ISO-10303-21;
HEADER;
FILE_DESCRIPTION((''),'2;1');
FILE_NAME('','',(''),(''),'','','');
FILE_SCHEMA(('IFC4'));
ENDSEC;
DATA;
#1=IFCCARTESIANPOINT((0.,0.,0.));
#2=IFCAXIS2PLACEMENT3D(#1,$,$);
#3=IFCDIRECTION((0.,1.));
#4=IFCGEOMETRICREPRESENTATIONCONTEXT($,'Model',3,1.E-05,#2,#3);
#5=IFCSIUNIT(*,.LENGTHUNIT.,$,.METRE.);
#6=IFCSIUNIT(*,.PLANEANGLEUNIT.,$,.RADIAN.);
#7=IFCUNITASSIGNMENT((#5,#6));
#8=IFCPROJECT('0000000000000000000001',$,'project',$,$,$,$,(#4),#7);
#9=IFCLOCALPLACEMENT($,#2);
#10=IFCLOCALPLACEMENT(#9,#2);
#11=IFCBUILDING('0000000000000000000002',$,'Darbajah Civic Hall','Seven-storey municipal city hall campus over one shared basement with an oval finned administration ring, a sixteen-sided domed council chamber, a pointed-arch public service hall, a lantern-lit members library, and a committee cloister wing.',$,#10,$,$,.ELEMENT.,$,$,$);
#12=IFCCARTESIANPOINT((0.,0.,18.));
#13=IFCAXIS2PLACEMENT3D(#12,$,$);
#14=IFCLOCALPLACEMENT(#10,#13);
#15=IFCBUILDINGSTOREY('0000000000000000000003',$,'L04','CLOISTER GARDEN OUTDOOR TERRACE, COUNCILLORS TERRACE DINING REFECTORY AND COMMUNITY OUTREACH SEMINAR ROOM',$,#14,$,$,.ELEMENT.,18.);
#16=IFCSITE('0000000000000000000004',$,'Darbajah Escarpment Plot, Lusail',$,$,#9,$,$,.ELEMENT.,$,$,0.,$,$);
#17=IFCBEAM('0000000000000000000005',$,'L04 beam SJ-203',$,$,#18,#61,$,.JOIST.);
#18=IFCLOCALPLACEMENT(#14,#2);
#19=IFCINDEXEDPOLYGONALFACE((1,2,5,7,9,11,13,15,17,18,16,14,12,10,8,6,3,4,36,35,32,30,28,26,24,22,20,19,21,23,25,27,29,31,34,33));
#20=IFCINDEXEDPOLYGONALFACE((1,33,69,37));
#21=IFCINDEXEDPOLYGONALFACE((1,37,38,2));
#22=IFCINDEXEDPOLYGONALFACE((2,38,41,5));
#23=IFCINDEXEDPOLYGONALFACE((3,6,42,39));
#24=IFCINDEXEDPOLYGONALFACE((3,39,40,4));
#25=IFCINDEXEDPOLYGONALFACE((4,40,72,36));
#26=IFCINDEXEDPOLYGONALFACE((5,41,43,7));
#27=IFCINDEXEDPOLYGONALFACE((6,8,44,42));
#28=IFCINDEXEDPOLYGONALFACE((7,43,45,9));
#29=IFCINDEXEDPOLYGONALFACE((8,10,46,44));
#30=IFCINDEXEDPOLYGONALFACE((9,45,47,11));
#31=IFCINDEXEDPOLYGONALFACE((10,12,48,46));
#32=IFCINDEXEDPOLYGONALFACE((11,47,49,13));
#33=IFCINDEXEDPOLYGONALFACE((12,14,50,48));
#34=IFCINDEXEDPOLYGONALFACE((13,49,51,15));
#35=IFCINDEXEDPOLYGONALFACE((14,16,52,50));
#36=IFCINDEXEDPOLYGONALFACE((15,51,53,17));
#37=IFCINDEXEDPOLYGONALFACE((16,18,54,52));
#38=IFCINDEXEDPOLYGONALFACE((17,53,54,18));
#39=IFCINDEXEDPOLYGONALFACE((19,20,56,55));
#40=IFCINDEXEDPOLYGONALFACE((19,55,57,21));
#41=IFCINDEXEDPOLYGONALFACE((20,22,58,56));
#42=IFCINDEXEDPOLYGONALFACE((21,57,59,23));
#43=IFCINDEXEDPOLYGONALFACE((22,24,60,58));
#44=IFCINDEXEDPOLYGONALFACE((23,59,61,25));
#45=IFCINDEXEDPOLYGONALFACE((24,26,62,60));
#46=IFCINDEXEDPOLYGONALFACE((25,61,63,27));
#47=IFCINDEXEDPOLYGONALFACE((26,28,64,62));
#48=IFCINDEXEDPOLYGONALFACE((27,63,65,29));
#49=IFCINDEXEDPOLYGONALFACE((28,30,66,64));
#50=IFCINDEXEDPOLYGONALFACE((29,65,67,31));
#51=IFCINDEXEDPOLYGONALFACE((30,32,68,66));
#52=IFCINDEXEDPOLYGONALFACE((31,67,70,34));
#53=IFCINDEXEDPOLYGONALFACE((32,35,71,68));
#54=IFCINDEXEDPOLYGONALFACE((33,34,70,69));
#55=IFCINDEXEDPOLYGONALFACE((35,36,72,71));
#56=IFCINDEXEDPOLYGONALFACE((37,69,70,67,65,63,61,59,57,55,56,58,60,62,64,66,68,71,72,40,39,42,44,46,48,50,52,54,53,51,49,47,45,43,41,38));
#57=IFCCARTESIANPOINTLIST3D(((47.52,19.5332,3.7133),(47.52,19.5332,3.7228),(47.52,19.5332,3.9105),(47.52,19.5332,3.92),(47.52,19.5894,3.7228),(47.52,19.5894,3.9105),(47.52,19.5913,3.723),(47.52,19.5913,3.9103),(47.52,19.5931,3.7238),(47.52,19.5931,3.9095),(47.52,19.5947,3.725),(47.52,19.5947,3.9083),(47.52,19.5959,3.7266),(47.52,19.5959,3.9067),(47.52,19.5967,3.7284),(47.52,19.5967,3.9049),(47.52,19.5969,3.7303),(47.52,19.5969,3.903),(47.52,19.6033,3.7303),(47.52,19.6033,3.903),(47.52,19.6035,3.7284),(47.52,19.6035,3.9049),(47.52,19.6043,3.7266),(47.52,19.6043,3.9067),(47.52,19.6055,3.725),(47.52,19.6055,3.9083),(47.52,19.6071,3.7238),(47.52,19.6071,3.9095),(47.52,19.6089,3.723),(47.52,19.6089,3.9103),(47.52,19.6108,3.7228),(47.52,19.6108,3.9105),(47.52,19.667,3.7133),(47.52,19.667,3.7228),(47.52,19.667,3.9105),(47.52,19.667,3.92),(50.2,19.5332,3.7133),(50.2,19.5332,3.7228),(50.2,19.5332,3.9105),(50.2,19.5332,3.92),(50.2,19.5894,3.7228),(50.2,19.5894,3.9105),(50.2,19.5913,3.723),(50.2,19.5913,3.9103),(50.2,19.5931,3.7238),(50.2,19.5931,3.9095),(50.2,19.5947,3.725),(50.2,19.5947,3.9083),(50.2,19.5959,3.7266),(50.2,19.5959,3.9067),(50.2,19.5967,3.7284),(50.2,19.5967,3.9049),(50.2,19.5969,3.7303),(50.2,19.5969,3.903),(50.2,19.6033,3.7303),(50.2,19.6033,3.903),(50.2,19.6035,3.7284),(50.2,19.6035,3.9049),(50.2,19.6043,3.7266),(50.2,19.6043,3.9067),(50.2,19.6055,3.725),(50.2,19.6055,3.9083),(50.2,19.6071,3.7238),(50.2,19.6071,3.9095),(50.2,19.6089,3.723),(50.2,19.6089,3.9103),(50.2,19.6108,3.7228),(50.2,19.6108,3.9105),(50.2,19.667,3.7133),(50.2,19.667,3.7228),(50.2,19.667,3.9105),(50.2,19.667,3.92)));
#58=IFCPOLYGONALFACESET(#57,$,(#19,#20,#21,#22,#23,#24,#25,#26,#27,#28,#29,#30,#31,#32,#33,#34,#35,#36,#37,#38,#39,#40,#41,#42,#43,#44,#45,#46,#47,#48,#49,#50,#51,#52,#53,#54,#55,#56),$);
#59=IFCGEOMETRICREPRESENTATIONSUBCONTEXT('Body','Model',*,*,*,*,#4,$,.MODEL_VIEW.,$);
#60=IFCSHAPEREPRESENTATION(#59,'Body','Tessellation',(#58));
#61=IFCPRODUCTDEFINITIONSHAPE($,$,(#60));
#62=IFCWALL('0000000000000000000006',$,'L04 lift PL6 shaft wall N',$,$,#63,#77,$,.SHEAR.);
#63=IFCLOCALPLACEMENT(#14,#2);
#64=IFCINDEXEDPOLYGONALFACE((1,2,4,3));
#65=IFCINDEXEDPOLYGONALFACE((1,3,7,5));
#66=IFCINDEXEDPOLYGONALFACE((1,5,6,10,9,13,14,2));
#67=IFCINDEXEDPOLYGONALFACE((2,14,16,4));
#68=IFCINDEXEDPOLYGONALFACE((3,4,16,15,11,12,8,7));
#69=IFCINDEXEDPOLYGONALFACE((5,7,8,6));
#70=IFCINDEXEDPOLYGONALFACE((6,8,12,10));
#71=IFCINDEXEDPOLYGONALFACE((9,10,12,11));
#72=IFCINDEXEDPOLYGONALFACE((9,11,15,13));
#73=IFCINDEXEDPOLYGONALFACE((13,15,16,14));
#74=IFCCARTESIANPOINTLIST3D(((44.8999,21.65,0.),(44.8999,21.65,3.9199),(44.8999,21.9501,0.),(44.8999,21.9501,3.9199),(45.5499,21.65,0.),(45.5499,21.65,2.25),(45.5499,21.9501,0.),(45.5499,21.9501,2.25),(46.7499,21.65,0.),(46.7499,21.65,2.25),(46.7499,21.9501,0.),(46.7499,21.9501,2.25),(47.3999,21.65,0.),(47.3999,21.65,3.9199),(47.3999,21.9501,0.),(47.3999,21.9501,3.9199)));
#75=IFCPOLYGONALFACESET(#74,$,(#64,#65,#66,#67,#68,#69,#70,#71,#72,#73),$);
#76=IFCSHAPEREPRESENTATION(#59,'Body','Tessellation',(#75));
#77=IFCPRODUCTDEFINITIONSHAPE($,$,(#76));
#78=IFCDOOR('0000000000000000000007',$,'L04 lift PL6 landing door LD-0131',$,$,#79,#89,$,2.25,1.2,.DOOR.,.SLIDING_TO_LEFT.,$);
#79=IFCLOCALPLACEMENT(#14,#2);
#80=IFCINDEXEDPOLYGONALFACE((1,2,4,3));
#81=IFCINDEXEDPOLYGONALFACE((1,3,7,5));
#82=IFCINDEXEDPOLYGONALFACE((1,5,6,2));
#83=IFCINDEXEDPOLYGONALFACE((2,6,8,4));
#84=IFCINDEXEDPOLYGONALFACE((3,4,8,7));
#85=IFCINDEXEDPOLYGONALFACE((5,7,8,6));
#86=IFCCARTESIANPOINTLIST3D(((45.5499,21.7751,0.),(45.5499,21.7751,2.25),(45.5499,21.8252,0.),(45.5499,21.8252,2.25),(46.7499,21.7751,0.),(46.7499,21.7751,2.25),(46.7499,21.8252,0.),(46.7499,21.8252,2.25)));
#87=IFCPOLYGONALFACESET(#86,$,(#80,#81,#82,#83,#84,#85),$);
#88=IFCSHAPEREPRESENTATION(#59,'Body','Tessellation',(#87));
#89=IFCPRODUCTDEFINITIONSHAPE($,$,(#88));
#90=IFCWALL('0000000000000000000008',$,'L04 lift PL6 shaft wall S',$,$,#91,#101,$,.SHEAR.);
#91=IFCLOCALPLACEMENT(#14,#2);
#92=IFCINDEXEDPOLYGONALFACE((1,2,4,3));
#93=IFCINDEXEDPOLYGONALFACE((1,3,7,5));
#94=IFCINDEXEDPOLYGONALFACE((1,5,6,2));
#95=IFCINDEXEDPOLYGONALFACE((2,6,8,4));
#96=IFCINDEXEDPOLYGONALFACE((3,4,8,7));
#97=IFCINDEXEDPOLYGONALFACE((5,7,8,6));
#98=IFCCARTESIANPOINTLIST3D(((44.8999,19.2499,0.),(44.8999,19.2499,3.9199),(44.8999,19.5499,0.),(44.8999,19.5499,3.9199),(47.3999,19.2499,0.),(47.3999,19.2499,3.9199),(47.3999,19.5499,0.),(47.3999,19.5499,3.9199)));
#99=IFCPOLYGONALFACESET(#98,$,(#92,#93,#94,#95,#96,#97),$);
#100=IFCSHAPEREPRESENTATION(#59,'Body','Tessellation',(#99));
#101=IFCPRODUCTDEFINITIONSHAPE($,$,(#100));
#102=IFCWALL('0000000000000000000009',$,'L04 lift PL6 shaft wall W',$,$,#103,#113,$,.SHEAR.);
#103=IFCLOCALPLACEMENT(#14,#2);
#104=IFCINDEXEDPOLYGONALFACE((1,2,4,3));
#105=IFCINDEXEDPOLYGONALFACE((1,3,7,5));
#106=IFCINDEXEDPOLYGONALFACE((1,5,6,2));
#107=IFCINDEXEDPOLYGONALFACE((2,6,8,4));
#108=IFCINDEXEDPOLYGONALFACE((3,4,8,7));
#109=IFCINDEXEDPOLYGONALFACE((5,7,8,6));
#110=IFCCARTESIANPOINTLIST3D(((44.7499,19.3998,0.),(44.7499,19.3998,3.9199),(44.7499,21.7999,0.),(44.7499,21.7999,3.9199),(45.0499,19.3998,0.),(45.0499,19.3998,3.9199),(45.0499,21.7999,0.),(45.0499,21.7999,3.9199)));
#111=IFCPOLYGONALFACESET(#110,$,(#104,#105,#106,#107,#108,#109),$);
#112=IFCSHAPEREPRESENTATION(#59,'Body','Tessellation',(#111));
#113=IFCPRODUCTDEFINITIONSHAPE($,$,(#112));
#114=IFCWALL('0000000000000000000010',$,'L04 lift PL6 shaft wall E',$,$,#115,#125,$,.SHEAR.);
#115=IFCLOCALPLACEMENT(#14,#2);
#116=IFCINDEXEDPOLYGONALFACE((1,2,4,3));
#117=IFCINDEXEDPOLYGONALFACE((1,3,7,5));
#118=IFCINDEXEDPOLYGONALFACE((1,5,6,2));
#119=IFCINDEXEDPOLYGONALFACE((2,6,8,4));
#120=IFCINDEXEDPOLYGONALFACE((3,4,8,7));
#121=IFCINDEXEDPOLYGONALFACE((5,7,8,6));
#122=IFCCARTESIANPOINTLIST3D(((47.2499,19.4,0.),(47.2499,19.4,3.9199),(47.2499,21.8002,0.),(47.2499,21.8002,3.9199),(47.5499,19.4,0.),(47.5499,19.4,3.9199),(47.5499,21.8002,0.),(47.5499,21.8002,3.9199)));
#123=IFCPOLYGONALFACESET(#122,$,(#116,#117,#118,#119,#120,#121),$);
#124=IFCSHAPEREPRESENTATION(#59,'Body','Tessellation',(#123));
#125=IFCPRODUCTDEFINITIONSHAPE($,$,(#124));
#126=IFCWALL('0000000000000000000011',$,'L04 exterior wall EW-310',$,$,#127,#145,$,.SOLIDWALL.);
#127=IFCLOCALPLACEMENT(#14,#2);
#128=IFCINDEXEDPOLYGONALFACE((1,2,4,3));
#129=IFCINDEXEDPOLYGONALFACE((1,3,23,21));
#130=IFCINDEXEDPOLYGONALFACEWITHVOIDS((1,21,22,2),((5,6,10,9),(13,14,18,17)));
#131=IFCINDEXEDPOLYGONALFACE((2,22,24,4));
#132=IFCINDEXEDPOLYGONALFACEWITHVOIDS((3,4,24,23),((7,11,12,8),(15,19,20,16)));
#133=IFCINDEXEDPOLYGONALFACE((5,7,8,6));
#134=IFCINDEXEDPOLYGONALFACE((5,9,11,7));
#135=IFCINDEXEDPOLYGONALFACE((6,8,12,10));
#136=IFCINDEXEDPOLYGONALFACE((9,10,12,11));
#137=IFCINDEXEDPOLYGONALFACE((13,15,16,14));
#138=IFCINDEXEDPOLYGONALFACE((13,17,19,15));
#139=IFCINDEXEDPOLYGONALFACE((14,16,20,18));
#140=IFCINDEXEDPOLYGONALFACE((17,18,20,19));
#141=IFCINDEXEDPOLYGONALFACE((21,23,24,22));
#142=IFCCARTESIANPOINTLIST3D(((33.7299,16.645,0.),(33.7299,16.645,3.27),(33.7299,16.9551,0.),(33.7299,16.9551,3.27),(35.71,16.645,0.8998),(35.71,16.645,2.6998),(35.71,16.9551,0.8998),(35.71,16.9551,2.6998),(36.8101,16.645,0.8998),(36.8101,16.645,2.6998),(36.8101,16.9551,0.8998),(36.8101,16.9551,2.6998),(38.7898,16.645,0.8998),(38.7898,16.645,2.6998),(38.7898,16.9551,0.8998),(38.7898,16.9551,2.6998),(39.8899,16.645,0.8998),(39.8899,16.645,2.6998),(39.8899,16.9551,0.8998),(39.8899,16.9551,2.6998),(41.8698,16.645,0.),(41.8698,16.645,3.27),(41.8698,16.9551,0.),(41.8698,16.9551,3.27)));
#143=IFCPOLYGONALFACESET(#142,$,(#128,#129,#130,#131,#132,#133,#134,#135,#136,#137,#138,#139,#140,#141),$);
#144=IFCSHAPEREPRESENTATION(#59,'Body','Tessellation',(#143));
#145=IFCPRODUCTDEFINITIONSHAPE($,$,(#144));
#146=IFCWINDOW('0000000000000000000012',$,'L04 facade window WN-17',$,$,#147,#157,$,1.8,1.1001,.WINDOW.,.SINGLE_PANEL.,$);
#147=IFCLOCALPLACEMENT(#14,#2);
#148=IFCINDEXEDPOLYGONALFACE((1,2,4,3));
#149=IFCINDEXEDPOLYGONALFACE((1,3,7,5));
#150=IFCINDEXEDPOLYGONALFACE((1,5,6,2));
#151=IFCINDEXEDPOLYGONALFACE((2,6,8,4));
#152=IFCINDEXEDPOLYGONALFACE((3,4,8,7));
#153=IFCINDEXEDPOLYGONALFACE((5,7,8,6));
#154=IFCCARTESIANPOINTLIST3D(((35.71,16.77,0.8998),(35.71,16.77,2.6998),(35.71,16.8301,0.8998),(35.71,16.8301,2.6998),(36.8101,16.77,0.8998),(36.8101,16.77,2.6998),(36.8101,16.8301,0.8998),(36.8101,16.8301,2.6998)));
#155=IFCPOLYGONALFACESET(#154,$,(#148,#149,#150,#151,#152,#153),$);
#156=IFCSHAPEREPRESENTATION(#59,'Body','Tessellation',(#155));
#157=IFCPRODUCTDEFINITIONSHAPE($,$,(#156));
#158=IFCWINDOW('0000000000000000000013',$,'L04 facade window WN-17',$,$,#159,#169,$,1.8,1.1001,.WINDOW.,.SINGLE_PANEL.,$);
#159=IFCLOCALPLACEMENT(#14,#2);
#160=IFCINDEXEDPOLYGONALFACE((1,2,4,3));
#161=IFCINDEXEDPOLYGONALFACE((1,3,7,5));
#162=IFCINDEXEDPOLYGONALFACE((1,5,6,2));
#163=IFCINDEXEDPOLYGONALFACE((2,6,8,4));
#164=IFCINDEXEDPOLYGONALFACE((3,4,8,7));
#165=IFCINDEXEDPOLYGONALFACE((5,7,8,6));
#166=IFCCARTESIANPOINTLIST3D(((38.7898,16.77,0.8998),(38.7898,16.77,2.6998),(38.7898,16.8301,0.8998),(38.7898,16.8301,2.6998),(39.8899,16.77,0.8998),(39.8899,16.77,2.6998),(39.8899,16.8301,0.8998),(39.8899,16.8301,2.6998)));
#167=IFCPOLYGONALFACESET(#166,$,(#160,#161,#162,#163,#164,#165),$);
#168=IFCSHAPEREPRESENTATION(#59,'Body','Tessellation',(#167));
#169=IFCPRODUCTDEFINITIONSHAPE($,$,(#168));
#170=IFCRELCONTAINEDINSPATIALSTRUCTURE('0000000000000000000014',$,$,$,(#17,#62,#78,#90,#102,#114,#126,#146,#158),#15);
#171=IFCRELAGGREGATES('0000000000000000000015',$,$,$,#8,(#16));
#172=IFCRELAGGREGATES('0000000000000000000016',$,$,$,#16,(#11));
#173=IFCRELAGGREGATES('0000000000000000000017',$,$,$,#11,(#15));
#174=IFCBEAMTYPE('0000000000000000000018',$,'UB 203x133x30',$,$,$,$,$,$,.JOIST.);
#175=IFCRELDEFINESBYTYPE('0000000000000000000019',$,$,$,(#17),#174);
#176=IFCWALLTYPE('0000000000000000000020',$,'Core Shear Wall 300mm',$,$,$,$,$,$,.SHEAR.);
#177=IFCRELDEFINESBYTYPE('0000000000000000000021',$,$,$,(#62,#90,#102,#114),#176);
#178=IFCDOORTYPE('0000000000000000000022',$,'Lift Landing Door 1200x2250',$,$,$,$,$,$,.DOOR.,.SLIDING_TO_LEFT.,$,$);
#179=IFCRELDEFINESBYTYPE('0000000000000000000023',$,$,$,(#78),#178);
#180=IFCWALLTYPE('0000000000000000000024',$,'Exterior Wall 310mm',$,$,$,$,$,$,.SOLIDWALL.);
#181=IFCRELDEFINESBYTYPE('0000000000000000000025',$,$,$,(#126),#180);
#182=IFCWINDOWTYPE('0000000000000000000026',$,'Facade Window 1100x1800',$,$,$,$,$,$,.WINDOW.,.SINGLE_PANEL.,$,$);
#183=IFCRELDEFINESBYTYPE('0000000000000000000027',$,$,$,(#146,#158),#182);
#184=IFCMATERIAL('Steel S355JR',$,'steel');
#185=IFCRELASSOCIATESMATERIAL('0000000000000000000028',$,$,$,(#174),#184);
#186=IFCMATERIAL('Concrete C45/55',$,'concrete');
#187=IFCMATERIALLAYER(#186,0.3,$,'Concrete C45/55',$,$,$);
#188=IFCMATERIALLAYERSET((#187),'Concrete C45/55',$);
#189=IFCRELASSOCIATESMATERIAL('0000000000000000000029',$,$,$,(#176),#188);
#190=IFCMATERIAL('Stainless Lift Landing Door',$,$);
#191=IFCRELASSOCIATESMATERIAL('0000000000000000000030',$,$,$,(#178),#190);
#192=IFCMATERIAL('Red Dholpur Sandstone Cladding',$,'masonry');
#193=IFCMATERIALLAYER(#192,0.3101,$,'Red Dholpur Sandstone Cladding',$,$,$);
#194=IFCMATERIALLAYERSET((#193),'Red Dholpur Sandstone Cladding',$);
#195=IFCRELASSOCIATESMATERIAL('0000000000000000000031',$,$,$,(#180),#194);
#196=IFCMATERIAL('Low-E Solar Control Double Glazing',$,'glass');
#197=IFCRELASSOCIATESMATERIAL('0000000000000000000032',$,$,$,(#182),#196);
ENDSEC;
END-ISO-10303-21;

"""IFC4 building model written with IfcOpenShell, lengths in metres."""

from ifc_helpers import new_model, si_unit, direction, frame, frame_2d, origin, origin_2d, place, context, subcontext, project, spatial, rectangle, i_section, extrude, material, layer, layer_set, material_profile, profile_set, type_object, element, fill, save


model = new_model("IFC4")

# Units and contexts
model_context = context("Model", 3, precision=1e-05, world=origin(), true_north=direction((0.0, 1.0)))
body_context = subcontext(model_context, "Body", "Model", "MODEL_VIEW")
ifc_project = project(units=[si_unit("LENGTHUNIT", "METRE"), si_unit("PLANEANGLEUNIT", "RADIAN")], contexts=[model_context])

# Site, building, storey
site_placement = place(None, origin())
site = spatial("IfcSite", under=ifc_project, at=site_placement, Name="Darbajah Escarpment Plot, Lusail", CompositionType="ELEMENT", RefElevation=0.0)
building_placement = place(site_placement, origin())
building = spatial("IfcBuilding", under=site, at=building_placement, Name="Darbajah Civic Hall", Description="Seven-storey municipal city hall campus over one shared basement with an oval finned administration ring, a sixteen-sided domed council chamber, a pointed-arch public service hall, a lantern-lit members library, and a committee cloister wing.", CompositionType="ELEMENT")
storey_placement = place(building_placement, frame((0.0, 0.0, 18.0)))
storey = spatial("IfcBuildingStorey", under=building, at=storey_placement, Name="L04", Description="CLOISTER GARDEN OUTDOOR TERRACE, COUNCILLORS TERRACE DINING REFECTORY AND COMMUNITY OUTREACH SEMINAR ROOM", CompositionType="ELEMENT", Elevation=18.0)

# Shared definitions
ifc_material_1 = material(Name="Steel S355JR", Category="steel")

# Beam
ifc_material_2 = material(Name="Concrete C45/55", Category="concrete")
ifc_material_profile_1 = material_profile(ifc_material_1, i_section(OverallWidth=0.1338, OverallDepth=0.2068, WebThickness=0.0063, FlangeThickness=0.0095, FilletRadius=0.0076, at=origin_2d()), Name="UB 203x133x30")
ifc_profile_set_1 = profile_set([ifc_material_profile_1], Name="Steel S355JR")
beam_type_1 = type_object("IfcBeamType", Name="UB 203x133x30", PredefinedType="JOIST", material=ifc_profile_set_1)
beam_1_placement = place(storey_placement, frame((47.52, 19.6001, 3.8167), z_axis=(1.0, 0.0, 0.0), x_axis=(0.0, 1.0, 0.0)))
element("IfcBeam", 1, at=beam_1_placement, inside=storey, type_object=beam_type_1, Name="L04 beam SJ-203", PredefinedType="JOIST", context=body_context, shape_type="SweptSolid", body=[
    extrude(i_section(OverallWidth=0.1338, OverallDepth=0.2068, WebThickness=0.0063, FlangeThickness=0.0095, FilletRadius=0.0076, at=origin_2d()), origin(), (0.0, 0.0, 1.0), 2.6799),
])

# Wall, opening, door
ifc_layer_1 = layer(ifc_material_2, 0.3, Name="Concrete C45/55")
ifc_layer_set_1 = layer_set([ifc_layer_1], Name="Concrete C45/55")
wall_type_1 = type_object("IfcWallType", Name="Core Shear Wall 300mm", PredefinedType="SHEAR", material=ifc_layer_set_1)
wall_1_placement = place(storey_placement, frame((47.3999, 21.8, 0.0), z_axis=(0.0, 0.0, 1.0), x_axis=(-1.0, 0.0, 0.0)))
wall_1 = element("IfcWall", 2, at=wall_1_placement, inside=storey, type_object=wall_type_1, Name="L04 lift PL6 shaft wall N", PredefinedType="SHEAR", context=body_context, shape_type="SweptSolid", body=[
    extrude(rectangle(XDim=2.5, YDim=0.3, at=frame_2d((1.25, 0.0))), origin(), (0.0, 0.0, 1.0), 3.9199),
])
opening_1_placement = place(wall_1_placement, frame((0.6499, 0.0, 0.0)))
opening_1 = element("IfcOpeningElement", 3, at=opening_1_placement, cuts=wall_1, PredefinedType="OPENING", context=body_context, shape_type="SweptSolid", body=[
    extrude(rectangle(XDim=1.2, YDim=2.25, at=frame_2d((0.6001, 1.125))), frame((0.0, 0.1599, 0.0), z_axis=(0.0, -1.0, 0.0), x_axis=(1.0, 0.0, 0.0)), (0.0, 0.0, 1.0), 0.3201),
])
ifc_material_3 = material(Name="Stainless Lift Landing Door")
door_type = type_object("IfcDoorType", Name="Lift Landing Door 1200x2250", OperationType="SLIDING_TO_LEFT", PredefinedType="DOOR", material=ifc_material_3)
door_placement = place(opening_1_placement, origin())
door = element("IfcDoor", 4, at=door_placement, inside=storey, type_object=door_type, Name="L04 lift PL6 landing door LD-0131", OperationType="SLIDING_TO_LEFT", OverallHeight=2.25, OverallWidth=1.2, PredefinedType="DOOR", context=body_context, shape_type="SweptSolid", body=[
    extrude(rectangle(XDim=1.2, YDim=2.25, at=frame_2d((0.6001, 1.125))), frame((0.0, 0.0249, 0.0), z_axis=(0.0, -1.0, 0.0), x_axis=(1.0, 0.0, 0.0)), (0.0, 0.0, 1.0), 0.05),
])
fill(opening_1, door)

# Walls
wall_2_placement = place(storey_placement, frame((44.8999, 19.3999, 0.0), z_axis=(0.0, 0.0, 1.0), x_axis=(1.0, 0.0, 0.0)))
element("IfcWall", 5, at=wall_2_placement, inside=storey, type_object=wall_type_1, Name="L04 lift PL6 shaft wall S", PredefinedType="SHEAR", context=body_context, shape_type="SweptSolid", body=[
    extrude(rectangle(XDim=2.5, YDim=0.3, at=frame_2d((1.25, 0.0))), origin(), (0.0, 0.0, 1.0), 3.9199),
])
for number, where, z_axis, x_axis, name in (
    (6, (44.8999, 21.8, 0.0), (0.0, 0.0, 1.0), (0.0, -1.0, 0.0), "L04 lift PL6 shaft wall W"),
    (7, (47.3999, 19.3999, 0.0), (0.0, 0.0, 1.0), (0.0, 1.0, 0.0), "L04 lift PL6 shaft wall E"),
):
    element("IfcWall", number, at=place(storey_placement, frame(where, z_axis=z_axis, x_axis=x_axis)), inside=storey, type_object=wall_type_1, Name=name, PredefinedType="SHEAR", context=body_context, shape_type="SweptSolid", body=[
        extrude(rectangle(XDim=2.4001, YDim=0.3, at=frame_2d((1.2002, 0.0))), origin(), (0.0, 0.0, 1.0), 3.9199),
    ])

# Wall, openings, windows
ifc_material_4 = material(Name="Red Dholpur Sandstone Cladding", Category="masonry")
ifc_layer_2 = layer(ifc_material_4, 0.3101, Name="Red Dholpur Sandstone Cladding")
ifc_layer_set_2 = layer_set([ifc_layer_2], Name="Red Dholpur Sandstone Cladding")
wall_type_2 = type_object("IfcWallType", Name="Exterior Wall 310mm", PredefinedType="SOLIDWALL", material=ifc_layer_set_2)
wall_3_placement = place(storey_placement, frame((33.73, 16.8, 0.0), z_axis=(0.0, 0.0, 1.0), x_axis=(1.0, 0.0, 0.0)))
wall_3 = element("IfcWall", 8, at=wall_3_placement, inside=storey, type_object=wall_type_2, Name="L04 exterior wall EW-310", PredefinedType="SOLIDWALL", context=body_context, shape_type="SweptSolid", body=[
    extrude(rectangle(XDim=8.1399, YDim=0.3101, at=frame_2d((4.0698, 0.0))), origin(), (0.0, 0.0, 1.0), 3.27),
])
opening_2_placement = place(wall_3_placement, frame((1.98, 0.0, 0.8999)))
opening_2 = element("IfcOpeningElement", 9, at=opening_2_placement, cuts=wall_3, PredefinedType="OPENING", context=body_context, shape_type="SweptSolid", body=[
    extrude(rectangle(XDim=1.1001, YDim=1.8, at=frame_2d((0.55, 0.8999))), frame((0.0, 0.165, 0.0), z_axis=(0.0, -1.0, 0.0), x_axis=(1.0, 0.0, 0.0)), (0.0, 0.0, 1.0), 0.3301),
])
opening_3_placement = place(wall_3_placement, frame((5.0598, 0.0, 0.8999)))
opening_3 = element("IfcOpeningElement", 10, at=opening_3_placement, cuts=wall_3, PredefinedType="OPENING", context=body_context, shape_type="SweptSolid", body=[
    extrude(rectangle(XDim=1.1001, YDim=1.8, at=frame_2d((0.55, 0.8999))), frame((0.0, 0.165, 0.0), z_axis=(0.0, -1.0, 0.0), x_axis=(1.0, 0.0, 0.0)), (0.0, 0.0, 1.0), 0.3301),
])
ifc_material_5 = material(Name="Low-E Solar Control Double Glazing", Category="glass")
window_type_1 = type_object("IfcWindowType", Name="Facade Window 1100x1800", PartitioningType="SINGLE_PANEL", PredefinedType="WINDOW", material=ifc_material_5)
window_1_placement = place(opening_2_placement, origin())
window_1 = element("IfcWindow", 11, at=window_1_placement, inside=storey, type_object=window_type_1, Name="L04 facade window WN-17", OverallHeight=1.8, OverallWidth=1.1001, PartitioningType="SINGLE_PANEL", PredefinedType="WINDOW", context=body_context, shape_type="SweptSolid", body=[
    extrude(rectangle(XDim=1.1001, YDim=1.8, at=frame_2d((0.55, 0.8999))), frame((0.0, 0.03, 0.0), z_axis=(0.0, -1.0, 0.0), x_axis=(1.0, 0.0, 0.0)), (0.0, 0.0, 1.0), 0.0601),
])
fill(opening_2, window_1)
window_2_placement = place(opening_3_placement, origin())
window_2 = element("IfcWindow", 12, at=window_2_placement, inside=storey, type_object=window_type_1, Name="L04 facade window WN-17", OverallHeight=1.8, OverallWidth=1.1001, PartitioningType="SINGLE_PANEL", PredefinedType="WINDOW", context=body_context, shape_type="SweptSolid", body=[
    extrude(rectangle(XDim=1.1001, YDim=1.8, at=frame_2d((0.55, 0.8999))), frame((0.0, 0.03, 0.0), z_axis=(0.0, -1.0, 0.0), x_axis=(1.0, 0.0, 0.0)), (0.0, 0.0, 1.0), 0.0601),
])
fill(opening_3, window_2)

save(model, "model.ifc")
